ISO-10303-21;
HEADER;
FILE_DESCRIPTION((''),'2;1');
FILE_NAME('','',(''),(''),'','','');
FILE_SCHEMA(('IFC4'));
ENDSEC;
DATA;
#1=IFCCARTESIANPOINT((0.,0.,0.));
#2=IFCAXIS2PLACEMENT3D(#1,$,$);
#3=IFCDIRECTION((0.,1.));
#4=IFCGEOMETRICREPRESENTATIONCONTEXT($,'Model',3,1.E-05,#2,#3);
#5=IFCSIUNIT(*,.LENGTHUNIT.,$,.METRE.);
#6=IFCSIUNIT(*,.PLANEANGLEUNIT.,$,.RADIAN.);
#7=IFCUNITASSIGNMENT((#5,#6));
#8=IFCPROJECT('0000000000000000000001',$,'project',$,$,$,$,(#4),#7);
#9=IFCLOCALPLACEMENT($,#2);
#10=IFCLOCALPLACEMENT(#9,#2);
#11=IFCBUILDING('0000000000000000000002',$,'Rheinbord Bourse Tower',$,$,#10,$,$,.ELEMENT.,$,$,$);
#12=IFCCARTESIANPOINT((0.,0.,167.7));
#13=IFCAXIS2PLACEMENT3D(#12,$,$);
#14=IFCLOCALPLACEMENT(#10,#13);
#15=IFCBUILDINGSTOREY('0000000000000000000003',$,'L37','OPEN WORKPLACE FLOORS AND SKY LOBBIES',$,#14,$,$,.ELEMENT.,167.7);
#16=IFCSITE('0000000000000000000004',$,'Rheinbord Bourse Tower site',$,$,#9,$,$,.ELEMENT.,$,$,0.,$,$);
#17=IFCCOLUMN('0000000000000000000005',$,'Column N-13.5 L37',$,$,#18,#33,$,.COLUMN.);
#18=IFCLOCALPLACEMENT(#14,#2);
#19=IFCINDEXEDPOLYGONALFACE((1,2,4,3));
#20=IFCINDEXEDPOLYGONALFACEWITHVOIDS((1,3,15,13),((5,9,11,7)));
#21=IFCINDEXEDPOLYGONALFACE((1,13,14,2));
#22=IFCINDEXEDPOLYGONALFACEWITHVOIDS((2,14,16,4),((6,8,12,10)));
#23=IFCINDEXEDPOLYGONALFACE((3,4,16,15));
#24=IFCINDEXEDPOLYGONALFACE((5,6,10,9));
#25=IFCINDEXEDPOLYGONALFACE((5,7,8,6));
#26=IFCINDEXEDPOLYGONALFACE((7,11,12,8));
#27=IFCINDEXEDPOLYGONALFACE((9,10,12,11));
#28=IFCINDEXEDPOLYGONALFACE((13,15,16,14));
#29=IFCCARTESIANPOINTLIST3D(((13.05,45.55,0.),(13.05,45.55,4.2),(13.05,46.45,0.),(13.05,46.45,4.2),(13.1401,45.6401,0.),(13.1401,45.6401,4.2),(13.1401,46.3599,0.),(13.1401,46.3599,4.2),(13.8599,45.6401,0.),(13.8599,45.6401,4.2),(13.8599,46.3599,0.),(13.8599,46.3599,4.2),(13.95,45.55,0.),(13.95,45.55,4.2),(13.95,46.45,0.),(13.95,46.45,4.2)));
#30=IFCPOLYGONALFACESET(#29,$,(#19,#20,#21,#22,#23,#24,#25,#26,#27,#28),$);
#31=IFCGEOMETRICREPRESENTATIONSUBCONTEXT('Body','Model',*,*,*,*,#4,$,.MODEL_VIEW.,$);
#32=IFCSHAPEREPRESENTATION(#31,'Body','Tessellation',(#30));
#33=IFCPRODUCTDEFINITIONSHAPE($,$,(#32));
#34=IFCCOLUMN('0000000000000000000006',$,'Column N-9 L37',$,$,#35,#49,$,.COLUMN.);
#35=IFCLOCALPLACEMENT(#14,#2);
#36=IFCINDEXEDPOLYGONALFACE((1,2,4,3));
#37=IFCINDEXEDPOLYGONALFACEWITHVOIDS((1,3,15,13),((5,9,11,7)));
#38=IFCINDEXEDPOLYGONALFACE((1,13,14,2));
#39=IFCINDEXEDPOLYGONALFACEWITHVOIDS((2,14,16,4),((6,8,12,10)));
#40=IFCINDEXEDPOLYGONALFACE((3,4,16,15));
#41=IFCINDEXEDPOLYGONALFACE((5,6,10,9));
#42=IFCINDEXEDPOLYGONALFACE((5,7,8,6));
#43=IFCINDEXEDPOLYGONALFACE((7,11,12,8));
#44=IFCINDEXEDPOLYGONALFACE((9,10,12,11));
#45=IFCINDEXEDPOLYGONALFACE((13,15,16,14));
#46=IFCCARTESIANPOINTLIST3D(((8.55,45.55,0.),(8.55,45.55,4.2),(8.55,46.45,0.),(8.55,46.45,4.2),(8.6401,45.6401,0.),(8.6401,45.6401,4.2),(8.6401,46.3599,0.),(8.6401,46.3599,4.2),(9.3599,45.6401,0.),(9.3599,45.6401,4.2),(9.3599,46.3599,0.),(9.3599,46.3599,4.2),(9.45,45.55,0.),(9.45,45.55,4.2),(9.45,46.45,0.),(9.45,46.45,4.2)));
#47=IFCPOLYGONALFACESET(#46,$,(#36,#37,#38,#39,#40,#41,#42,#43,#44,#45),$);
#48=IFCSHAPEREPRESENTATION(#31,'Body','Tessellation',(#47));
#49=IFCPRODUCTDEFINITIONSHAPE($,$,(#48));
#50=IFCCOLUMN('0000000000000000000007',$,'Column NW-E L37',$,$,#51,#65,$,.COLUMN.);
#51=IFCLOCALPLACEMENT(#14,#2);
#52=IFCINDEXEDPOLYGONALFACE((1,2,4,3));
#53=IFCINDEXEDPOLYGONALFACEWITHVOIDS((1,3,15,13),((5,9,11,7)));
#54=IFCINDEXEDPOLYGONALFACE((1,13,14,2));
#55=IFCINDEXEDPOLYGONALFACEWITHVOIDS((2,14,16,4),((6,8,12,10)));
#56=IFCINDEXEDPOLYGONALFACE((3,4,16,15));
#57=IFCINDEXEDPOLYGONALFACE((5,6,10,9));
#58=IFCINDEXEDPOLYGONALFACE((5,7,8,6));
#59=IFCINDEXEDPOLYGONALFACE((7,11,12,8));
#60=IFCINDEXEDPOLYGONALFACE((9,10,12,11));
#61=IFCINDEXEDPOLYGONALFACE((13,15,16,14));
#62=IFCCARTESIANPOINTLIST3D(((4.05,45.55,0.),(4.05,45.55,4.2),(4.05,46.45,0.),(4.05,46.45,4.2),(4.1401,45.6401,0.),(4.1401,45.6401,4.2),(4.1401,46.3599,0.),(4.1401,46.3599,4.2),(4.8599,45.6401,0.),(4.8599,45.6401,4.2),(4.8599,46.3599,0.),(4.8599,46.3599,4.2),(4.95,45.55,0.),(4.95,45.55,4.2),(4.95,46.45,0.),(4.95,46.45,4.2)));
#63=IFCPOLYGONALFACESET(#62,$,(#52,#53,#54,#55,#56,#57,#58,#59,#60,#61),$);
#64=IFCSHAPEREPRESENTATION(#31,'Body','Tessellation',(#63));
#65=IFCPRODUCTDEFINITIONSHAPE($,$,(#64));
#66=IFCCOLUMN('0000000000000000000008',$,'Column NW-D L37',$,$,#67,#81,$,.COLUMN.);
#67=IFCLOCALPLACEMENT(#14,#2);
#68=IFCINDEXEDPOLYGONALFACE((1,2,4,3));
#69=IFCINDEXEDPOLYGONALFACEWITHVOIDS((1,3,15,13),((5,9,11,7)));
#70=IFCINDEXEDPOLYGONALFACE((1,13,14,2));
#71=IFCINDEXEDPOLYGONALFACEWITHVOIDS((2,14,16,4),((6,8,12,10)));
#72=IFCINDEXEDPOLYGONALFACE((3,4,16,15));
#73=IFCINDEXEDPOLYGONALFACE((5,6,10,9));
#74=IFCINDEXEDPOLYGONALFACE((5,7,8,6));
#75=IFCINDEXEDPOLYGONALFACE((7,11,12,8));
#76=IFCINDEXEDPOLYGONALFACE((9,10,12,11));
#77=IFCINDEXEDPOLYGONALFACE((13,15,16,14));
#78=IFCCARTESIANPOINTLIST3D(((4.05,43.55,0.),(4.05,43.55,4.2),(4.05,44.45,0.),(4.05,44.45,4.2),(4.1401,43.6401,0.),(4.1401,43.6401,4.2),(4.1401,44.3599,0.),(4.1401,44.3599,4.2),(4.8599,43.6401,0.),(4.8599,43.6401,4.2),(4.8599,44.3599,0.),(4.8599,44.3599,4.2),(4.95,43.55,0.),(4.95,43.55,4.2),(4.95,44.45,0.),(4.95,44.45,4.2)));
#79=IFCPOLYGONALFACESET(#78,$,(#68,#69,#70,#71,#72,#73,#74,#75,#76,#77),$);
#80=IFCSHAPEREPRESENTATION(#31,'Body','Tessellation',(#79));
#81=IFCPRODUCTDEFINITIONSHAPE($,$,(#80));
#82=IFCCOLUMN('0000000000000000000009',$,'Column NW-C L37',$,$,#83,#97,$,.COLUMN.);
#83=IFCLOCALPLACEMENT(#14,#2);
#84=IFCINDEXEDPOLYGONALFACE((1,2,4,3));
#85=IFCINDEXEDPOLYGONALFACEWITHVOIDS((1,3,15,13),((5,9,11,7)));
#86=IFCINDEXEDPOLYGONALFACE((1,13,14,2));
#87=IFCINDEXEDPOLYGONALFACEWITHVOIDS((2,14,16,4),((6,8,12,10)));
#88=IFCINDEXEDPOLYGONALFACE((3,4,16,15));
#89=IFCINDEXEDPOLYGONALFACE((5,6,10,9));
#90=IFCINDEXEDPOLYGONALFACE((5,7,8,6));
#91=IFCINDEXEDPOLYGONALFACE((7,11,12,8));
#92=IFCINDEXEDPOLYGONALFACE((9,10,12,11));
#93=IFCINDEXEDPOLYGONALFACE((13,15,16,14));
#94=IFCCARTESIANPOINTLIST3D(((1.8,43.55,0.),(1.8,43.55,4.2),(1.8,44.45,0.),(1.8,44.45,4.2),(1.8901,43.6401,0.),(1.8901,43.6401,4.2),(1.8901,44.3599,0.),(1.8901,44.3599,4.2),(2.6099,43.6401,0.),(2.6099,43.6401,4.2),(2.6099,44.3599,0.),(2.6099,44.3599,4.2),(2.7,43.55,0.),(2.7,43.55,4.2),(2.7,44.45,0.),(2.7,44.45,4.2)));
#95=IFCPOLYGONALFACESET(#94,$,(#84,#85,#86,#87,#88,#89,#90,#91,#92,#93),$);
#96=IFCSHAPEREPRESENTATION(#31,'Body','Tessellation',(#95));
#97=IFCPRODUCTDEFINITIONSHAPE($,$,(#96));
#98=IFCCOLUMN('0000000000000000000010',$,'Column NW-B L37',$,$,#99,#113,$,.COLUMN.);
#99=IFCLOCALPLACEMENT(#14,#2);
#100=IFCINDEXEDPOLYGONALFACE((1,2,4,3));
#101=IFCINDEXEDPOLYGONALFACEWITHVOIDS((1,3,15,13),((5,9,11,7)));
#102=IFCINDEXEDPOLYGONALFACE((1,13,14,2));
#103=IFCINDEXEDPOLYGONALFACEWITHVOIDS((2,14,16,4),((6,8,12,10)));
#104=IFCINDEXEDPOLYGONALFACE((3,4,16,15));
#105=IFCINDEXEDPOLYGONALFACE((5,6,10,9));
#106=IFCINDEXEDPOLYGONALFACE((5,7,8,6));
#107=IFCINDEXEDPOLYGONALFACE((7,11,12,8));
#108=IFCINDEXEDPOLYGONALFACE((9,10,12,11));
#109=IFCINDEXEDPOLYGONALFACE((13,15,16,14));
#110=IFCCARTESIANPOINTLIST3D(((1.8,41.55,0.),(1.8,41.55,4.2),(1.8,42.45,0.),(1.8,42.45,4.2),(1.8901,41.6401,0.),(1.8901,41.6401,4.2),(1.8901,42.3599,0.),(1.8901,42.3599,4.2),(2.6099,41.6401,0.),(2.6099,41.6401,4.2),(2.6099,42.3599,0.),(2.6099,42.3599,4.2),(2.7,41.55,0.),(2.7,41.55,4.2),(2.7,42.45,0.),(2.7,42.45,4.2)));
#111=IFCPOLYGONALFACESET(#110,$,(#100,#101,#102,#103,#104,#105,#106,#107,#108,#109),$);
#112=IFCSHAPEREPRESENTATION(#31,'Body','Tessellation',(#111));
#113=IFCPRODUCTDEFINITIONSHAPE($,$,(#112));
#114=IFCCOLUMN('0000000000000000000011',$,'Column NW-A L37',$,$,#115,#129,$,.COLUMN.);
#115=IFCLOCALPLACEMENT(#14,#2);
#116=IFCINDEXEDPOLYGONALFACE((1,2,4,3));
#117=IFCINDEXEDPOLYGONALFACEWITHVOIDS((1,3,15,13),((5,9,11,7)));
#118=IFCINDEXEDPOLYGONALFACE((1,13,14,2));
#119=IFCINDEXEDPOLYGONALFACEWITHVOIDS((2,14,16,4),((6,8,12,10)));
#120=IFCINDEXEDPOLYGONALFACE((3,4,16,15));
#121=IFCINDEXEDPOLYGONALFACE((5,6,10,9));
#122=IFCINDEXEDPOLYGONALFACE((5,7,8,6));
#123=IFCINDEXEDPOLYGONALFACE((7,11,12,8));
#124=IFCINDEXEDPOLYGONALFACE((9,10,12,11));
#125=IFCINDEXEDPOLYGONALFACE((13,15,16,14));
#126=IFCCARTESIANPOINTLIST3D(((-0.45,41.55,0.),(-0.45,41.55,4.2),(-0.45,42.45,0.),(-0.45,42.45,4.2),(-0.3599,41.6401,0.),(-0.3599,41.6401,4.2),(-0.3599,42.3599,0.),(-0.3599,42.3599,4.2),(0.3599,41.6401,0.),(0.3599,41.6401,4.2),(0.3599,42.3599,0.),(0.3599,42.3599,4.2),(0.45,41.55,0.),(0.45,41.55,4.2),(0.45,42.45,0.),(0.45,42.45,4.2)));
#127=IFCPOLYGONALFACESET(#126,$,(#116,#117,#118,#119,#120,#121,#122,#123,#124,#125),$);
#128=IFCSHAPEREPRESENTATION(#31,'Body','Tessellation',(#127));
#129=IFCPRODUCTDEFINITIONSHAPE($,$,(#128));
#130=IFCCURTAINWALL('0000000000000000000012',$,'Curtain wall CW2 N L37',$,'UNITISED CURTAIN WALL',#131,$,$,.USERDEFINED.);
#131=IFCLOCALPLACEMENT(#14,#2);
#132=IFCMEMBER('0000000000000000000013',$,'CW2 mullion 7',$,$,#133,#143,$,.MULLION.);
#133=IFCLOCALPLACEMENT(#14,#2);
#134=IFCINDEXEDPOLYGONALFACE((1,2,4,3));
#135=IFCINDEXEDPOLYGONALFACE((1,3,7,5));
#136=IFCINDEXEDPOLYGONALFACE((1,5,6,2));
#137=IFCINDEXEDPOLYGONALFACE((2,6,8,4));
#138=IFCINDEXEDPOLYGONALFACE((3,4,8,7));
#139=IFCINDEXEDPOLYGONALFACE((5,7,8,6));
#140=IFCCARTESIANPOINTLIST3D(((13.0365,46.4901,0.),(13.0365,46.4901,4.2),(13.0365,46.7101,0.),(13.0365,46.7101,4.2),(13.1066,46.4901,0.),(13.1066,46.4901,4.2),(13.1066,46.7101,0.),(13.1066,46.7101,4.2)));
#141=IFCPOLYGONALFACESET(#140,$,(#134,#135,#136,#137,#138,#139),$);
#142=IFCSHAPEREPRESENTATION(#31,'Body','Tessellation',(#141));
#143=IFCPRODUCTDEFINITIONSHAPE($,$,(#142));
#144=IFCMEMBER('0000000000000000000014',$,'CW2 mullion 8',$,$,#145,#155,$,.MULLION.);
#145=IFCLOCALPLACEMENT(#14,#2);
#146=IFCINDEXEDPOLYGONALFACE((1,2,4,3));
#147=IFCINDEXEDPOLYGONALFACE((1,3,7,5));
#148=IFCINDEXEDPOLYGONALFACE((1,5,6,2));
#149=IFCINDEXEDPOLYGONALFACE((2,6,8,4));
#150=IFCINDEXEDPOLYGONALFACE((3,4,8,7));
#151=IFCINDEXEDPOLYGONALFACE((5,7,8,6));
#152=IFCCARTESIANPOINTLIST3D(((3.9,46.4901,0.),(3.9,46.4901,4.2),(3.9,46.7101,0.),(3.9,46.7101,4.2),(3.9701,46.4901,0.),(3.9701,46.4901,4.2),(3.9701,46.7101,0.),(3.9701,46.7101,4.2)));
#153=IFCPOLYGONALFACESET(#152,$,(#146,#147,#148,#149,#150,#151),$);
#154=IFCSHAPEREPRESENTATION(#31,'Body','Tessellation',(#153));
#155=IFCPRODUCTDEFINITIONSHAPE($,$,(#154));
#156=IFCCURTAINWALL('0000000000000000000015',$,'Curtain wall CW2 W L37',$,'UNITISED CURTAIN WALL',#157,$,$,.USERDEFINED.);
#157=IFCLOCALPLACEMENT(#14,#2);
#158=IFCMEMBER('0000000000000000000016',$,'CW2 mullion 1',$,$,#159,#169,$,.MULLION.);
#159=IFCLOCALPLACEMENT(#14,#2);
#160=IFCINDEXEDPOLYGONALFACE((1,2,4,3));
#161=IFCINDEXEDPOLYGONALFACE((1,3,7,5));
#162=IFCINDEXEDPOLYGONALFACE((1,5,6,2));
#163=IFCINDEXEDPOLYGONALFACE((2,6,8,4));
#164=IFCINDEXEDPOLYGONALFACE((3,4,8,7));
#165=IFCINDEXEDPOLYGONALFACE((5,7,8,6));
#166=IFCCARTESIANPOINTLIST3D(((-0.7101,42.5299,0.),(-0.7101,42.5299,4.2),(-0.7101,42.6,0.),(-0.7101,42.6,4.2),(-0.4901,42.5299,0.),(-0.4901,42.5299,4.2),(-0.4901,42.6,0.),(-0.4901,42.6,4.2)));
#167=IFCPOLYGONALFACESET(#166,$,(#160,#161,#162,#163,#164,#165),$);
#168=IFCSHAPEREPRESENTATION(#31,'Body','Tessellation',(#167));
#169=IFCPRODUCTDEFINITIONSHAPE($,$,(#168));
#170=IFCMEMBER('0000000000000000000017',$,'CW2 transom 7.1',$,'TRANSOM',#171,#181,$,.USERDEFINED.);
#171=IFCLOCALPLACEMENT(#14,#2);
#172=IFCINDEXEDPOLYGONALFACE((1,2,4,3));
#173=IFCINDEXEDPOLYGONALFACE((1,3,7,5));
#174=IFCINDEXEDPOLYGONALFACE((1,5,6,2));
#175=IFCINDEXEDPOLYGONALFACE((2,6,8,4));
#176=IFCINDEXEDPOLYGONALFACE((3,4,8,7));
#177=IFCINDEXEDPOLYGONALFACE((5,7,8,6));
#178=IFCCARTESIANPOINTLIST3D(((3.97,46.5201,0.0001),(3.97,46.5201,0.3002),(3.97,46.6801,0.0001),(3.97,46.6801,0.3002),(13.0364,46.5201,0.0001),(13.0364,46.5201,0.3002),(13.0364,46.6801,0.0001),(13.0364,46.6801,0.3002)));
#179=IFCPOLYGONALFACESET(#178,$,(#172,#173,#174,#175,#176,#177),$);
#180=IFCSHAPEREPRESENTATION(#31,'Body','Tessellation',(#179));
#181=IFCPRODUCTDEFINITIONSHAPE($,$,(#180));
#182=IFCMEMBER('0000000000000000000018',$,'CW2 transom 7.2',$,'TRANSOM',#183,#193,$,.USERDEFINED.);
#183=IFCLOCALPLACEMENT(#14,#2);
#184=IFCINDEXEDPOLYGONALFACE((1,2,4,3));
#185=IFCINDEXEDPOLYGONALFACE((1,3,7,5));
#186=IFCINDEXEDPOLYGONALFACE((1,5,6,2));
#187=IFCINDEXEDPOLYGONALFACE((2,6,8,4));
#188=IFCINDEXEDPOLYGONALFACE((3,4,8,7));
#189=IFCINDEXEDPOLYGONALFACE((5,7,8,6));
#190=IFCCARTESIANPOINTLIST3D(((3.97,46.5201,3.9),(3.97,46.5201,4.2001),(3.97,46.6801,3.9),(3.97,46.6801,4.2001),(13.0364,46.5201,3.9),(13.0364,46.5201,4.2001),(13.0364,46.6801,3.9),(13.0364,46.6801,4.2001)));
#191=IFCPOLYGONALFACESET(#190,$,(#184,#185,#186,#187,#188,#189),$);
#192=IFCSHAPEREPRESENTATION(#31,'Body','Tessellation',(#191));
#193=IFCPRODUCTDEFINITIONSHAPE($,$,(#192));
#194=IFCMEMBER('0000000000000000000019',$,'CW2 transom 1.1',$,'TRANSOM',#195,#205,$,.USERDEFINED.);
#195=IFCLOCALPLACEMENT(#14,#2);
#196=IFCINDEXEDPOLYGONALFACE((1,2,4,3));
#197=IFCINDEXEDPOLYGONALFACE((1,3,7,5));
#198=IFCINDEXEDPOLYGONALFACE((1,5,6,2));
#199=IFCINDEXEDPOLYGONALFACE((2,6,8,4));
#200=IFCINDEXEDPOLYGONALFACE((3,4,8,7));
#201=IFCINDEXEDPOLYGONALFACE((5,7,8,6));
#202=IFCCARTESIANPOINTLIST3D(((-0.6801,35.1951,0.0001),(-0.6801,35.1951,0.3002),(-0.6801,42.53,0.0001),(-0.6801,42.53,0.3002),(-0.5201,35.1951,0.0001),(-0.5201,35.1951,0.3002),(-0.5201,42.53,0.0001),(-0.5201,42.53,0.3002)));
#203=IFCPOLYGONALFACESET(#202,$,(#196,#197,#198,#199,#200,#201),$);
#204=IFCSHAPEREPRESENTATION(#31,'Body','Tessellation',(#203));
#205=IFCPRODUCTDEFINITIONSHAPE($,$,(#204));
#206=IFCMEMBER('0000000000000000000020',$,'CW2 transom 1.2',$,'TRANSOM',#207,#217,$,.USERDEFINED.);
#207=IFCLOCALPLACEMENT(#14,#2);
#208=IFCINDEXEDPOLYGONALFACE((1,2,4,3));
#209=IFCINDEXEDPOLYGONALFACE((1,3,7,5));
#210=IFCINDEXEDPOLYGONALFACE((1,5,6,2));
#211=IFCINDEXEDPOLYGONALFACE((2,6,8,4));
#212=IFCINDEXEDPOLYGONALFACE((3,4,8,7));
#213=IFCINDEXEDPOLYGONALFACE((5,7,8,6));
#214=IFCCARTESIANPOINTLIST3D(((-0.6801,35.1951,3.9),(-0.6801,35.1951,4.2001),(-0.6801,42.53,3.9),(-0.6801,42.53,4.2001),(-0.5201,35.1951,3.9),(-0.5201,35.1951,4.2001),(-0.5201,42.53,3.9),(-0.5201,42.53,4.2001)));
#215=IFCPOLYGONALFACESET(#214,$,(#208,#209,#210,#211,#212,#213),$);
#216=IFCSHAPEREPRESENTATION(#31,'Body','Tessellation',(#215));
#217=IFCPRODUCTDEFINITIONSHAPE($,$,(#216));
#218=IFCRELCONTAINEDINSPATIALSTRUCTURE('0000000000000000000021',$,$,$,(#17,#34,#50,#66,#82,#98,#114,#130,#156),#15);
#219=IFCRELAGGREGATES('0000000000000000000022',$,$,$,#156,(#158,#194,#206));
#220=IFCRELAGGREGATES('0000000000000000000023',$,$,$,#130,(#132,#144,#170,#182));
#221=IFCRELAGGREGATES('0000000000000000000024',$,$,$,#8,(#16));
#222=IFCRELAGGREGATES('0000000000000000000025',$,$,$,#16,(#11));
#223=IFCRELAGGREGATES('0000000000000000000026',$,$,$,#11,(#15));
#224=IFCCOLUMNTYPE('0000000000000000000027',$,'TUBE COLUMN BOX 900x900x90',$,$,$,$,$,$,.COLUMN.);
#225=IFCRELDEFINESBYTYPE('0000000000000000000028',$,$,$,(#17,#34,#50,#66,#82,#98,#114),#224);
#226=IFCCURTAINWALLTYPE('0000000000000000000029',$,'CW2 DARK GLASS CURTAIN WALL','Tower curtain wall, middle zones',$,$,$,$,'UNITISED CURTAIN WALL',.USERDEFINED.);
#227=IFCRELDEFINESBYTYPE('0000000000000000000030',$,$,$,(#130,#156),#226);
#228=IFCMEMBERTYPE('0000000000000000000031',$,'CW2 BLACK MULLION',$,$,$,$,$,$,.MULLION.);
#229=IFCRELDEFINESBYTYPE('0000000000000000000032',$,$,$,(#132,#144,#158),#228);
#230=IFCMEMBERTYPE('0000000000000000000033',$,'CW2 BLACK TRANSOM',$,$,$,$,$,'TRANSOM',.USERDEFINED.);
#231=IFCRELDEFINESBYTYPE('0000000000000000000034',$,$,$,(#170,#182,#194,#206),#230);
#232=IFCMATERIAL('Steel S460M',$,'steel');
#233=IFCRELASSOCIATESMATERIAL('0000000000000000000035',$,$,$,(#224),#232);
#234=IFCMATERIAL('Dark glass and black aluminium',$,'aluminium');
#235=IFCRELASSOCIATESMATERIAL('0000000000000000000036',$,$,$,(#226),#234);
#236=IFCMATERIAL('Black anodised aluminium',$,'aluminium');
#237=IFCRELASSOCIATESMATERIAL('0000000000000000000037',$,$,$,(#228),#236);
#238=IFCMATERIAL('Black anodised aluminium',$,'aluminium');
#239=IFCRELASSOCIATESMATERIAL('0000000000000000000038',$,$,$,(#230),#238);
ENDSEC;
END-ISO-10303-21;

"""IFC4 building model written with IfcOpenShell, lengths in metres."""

from ifc_helpers import new_model, si_unit, direction, frame, origin, origin_2d, place, context, subcontext, project, spatial, rectangle, hollow_rectangle, extrude, material, material_profile, profile_set, type_object, element, aggregate, save


model = new_model("IFC4")

# Units and contexts
model_context = context("Model", 3, precision=1e-05, world=origin(), true_north=direction((0.0, 1.0)))
body_context = subcontext(model_context, "Body", "Model", "MODEL_VIEW")
ifc_project = project(units=[si_unit("LENGTHUNIT", "METRE"), si_unit("PLANEANGLEUNIT", "RADIAN")], contexts=[model_context])

# Site, building, storey
site_placement = place(None, origin())
site = spatial("IfcSite", under=ifc_project, at=site_placement, Name="Rheinbord Bourse Tower site", CompositionType="ELEMENT", RefElevation=0.0)
building_placement = place(site_placement, origin())
building = spatial("IfcBuilding", under=site, at=building_placement, Name="Rheinbord Bourse Tower", CompositionType="ELEMENT")
storey_placement = place(building_placement, frame((0.0, 0.0, 167.7)))
storey = spatial("IfcBuildingStorey", under=building, at=storey_placement, Name="L37", Description="OPEN WORKPLACE FLOORS AND SKY LOBBIES", CompositionType="ELEMENT", Elevation=167.7)

# Columns
ifc_material_1 = material(Name="Steel S460M", Category="steel")
ifc_material_profile_1 = material_profile(ifc_material_1, hollow_rectangle(XDim=0.8999, YDim=0.8999, WallThickness=0.0901, at=origin_2d()), Name="BOX 900x900x90")
ifc_profile_set_1 = profile_set([ifc_material_profile_1], Name="Steel S460M")
column_type = type_object("IfcColumnType", Name="TUBE COLUMN BOX 900x900x90", PredefinedType="COLUMN", material=ifc_profile_set_1)
for number, where, z_axis, x_axis, name in (
    (1, (13.5, 46.0, 0.0), (0.0, 0.0, 1.0), (0.0, 1.0, 0.0), "Column N-13.5 L37"),
    (2, (9.0, 46.0, 0.0), (0.0, 0.0, 1.0), (0.0, 1.0, 0.0), "Column N-9 L37"),
    (3, (4.5, 46.0, 0.0), (0.0, 0.0, 1.0), (0.0, 1.0, 0.0), "Column NW-E L37"),
    (4, (4.5, 44.0, 0.0), (0.0, 0.0, 1.0), (0.0, 1.0, 0.0), "Column NW-D L37"),
    (5, (2.25, 44.0, 0.0), (0.0, 0.0, 1.0), (1.0, 0.0, 0.0), "Column NW-C L37"),
    (6, (2.25, 42.0, 0.0), (0.0, 0.0, 1.0), (1.0, 0.0, 0.0), "Column NW-B L37"),
    (7, (0.0, 42.0, 0.0), (0.0, 0.0, 1.0), (1.0, 0.0, 0.0), "Column NW-A L37"),
):
    element("IfcColumn", number, at=place(storey_placement, frame(where, z_axis=z_axis, x_axis=x_axis)), inside=storey, type_object=column_type, Name=name, PredefinedType="COLUMN", context=body_context, shape_type="SweptSolid", body=[
        extrude(hollow_rectangle(XDim=0.8999, YDim=0.8999, WallThickness=0.0901, at=origin_2d()), origin(), (0.0, 0.0, 1.0), 4.2),
    ])

# Curtain wall, members
ifc_material_2 = material(Name="Dark glass and black aluminium", Category="aluminium")
curtain_wall_type = type_object("IfcCurtainWallType", Name="CW2 DARK GLASS CURTAIN WALL", Description="Tower curtain wall, middle zones", ElementType="UNITISED CURTAIN WALL", PredefinedType="USERDEFINED", material=ifc_material_2)
curtain_wall_1_placement = place(storey_placement, origin())
curtain_wall_1 = element("IfcCurtainWall", 8, at=curtain_wall_1_placement, inside=storey, type_object=curtain_wall_type, Name="Curtain wall CW2 N L37", ObjectType="UNITISED CURTAIN WALL", PredefinedType="USERDEFINED")
ifc_material_3 = material(Name="Black anodised aluminium", Category="aluminium")
ifc_material_profile_2 = material_profile(ifc_material_3, rectangle(XDim=0.22, YDim=0.0701, at=origin_2d()), Name="CW2 MULLION 70x220")
ifc_profile_set_2 = profile_set([ifc_material_profile_2], Name="Black anodised aluminium")
member_type_1 = type_object("IfcMemberType", Name="CW2 BLACK MULLION", PredefinedType="MULLION", material=ifc_profile_set_2)
member_1_placement = place(storey_placement, frame((13.0715, 46.6001, 0.0), z_axis=(0.0, 0.0, 1.0), x_axis=(0.0, -1.0, 0.0)))
member_1 = element("IfcMember", 9, at=member_1_placement, type_object=member_type_1, Name="CW2 mullion 7", PredefinedType="MULLION", context=body_context, shape_type="SweptSolid", body=[
    extrude(rectangle(XDim=0.22, YDim=0.0701, at=origin_2d()), origin(), (0.0, 0.0, 1.0), 4.2),
])
member_2_placement = place(storey_placement, frame((3.9351, 46.6001, 0.0), z_axis=(0.0, 0.0, 1.0), x_axis=(0.0, -1.0, 0.0)))
member_2 = element("IfcMember", 10, at=member_2_placement, type_object=member_type_1, Name="CW2 mullion 8", PredefinedType="MULLION", context=body_context, shape_type="SweptSolid", body=[
    extrude(rectangle(XDim=0.22, YDim=0.0701, at=origin_2d()), origin(), (0.0, 0.0, 1.0), 4.2),
])

# Curtain wall, member
curtain_wall_2_placement = place(storey_placement, origin())
curtain_wall_2 = element("IfcCurtainWall", 11, at=curtain_wall_2_placement, inside=storey, type_object=curtain_wall_type, Name="Curtain wall CW2 W L37", ObjectType="UNITISED CURTAIN WALL", PredefinedType="USERDEFINED")
member_3_placement = place(storey_placement, frame((-0.6001, 42.5649, 0.0), z_axis=(0.0, 0.0, 1.0), x_axis=(1.0, 0.0, 0.0)))
member_3 = element("IfcMember", 12, at=member_3_placement, type_object=member_type_1, Name="CW2 mullion 1", PredefinedType="MULLION", context=body_context, shape_type="SweptSolid", body=[
    extrude(rectangle(XDim=0.22, YDim=0.0701, at=origin_2d()), origin(), (0.0, 0.0, 1.0), 4.2),
])

# Members
ifc_material_4 = material(Name="Black anodised aluminium", Category="aluminium")
ifc_material_profile_3 = material_profile(ifc_material_4, rectangle(XDim=0.1599, YDim=0.3, at=origin_2d()), Name="CW2 TRANSOM 300x160")
ifc_profile_set_3 = profile_set([ifc_material_profile_3], Name="Black anodised aluminium")
member_type_2 = type_object("IfcMemberType", Name="CW2 BLACK TRANSOM", ElementType="TRANSOM", PredefinedType="USERDEFINED", material=ifc_profile_set_3)
member_4_placement = place(storey_placement, frame((13.0364, 46.6001, 0.1501), z_axis=(-1.0, 0.0, 0.0), x_axis=(0.0, -1.0, 0.0)))
member_4 = element("IfcMember", 13, at=member_4_placement, type_object=member_type_2, Name="CW2 transom 7.1", ObjectType="TRANSOM", PredefinedType="USERDEFINED", context=body_context, shape_type="SweptSolid", body=[
    extrude(rectangle(XDim=0.1599, YDim=0.3, at=origin_2d()), origin(), (0.0, 0.0, 1.0), 9.0664),
])
member_5_placement = place(storey_placement, frame((13.0364, 46.6001, 4.05), z_axis=(-1.0, 0.0, 0.0), x_axis=(0.0, -1.0, 0.0)))
member_5 = element("IfcMember", 14, at=member_5_placement, type_object=member_type_2, Name="CW2 transom 7.2", ObjectType="TRANSOM", PredefinedType="USERDEFINED", context=body_context, shape_type="SweptSolid", body=[
    extrude(rectangle(XDim=0.1599, YDim=0.3, at=origin_2d()), origin(), (0.0, 0.0, 1.0), 9.0664),
])
member_6_placement = place(storey_placement, frame((-0.6001, 42.53, 0.1501), z_axis=(0.0, -1.0, 0.0), x_axis=(1.0, 0.0, 0.0)))
member_6 = element("IfcMember", 15, at=member_6_placement, type_object=member_type_2, Name="CW2 transom 1.1", ObjectType="TRANSOM", PredefinedType="USERDEFINED", context=body_context, shape_type="SweptSolid", body=[
    extrude(rectangle(XDim=0.1599, YDim=0.3, at=origin_2d()), origin(), (0.0, 0.0, 1.0), 7.335),
])
member_7_placement = place(storey_placement, frame((-0.6001, 42.53, 4.05), z_axis=(0.0, -1.0, 0.0), x_axis=(1.0, 0.0, 0.0)))
member_7 = element("IfcMember", 16, at=member_7_placement, type_object=member_type_2, Name="CW2 transom 1.2", ObjectType="TRANSOM", PredefinedType="USERDEFINED", context=body_context, shape_type="SweptSolid", body=[
    extrude(rectangle(XDim=0.1599, YDim=0.3, at=origin_2d()), origin(), (0.0, 0.0, 1.0), 7.335),
])
aggregate(curtain_wall_2, [member_3, member_6, member_7])

aggregate(curtain_wall_1, [member_1, member_2, member_4, member_5])

save(model, "model.ifc")
